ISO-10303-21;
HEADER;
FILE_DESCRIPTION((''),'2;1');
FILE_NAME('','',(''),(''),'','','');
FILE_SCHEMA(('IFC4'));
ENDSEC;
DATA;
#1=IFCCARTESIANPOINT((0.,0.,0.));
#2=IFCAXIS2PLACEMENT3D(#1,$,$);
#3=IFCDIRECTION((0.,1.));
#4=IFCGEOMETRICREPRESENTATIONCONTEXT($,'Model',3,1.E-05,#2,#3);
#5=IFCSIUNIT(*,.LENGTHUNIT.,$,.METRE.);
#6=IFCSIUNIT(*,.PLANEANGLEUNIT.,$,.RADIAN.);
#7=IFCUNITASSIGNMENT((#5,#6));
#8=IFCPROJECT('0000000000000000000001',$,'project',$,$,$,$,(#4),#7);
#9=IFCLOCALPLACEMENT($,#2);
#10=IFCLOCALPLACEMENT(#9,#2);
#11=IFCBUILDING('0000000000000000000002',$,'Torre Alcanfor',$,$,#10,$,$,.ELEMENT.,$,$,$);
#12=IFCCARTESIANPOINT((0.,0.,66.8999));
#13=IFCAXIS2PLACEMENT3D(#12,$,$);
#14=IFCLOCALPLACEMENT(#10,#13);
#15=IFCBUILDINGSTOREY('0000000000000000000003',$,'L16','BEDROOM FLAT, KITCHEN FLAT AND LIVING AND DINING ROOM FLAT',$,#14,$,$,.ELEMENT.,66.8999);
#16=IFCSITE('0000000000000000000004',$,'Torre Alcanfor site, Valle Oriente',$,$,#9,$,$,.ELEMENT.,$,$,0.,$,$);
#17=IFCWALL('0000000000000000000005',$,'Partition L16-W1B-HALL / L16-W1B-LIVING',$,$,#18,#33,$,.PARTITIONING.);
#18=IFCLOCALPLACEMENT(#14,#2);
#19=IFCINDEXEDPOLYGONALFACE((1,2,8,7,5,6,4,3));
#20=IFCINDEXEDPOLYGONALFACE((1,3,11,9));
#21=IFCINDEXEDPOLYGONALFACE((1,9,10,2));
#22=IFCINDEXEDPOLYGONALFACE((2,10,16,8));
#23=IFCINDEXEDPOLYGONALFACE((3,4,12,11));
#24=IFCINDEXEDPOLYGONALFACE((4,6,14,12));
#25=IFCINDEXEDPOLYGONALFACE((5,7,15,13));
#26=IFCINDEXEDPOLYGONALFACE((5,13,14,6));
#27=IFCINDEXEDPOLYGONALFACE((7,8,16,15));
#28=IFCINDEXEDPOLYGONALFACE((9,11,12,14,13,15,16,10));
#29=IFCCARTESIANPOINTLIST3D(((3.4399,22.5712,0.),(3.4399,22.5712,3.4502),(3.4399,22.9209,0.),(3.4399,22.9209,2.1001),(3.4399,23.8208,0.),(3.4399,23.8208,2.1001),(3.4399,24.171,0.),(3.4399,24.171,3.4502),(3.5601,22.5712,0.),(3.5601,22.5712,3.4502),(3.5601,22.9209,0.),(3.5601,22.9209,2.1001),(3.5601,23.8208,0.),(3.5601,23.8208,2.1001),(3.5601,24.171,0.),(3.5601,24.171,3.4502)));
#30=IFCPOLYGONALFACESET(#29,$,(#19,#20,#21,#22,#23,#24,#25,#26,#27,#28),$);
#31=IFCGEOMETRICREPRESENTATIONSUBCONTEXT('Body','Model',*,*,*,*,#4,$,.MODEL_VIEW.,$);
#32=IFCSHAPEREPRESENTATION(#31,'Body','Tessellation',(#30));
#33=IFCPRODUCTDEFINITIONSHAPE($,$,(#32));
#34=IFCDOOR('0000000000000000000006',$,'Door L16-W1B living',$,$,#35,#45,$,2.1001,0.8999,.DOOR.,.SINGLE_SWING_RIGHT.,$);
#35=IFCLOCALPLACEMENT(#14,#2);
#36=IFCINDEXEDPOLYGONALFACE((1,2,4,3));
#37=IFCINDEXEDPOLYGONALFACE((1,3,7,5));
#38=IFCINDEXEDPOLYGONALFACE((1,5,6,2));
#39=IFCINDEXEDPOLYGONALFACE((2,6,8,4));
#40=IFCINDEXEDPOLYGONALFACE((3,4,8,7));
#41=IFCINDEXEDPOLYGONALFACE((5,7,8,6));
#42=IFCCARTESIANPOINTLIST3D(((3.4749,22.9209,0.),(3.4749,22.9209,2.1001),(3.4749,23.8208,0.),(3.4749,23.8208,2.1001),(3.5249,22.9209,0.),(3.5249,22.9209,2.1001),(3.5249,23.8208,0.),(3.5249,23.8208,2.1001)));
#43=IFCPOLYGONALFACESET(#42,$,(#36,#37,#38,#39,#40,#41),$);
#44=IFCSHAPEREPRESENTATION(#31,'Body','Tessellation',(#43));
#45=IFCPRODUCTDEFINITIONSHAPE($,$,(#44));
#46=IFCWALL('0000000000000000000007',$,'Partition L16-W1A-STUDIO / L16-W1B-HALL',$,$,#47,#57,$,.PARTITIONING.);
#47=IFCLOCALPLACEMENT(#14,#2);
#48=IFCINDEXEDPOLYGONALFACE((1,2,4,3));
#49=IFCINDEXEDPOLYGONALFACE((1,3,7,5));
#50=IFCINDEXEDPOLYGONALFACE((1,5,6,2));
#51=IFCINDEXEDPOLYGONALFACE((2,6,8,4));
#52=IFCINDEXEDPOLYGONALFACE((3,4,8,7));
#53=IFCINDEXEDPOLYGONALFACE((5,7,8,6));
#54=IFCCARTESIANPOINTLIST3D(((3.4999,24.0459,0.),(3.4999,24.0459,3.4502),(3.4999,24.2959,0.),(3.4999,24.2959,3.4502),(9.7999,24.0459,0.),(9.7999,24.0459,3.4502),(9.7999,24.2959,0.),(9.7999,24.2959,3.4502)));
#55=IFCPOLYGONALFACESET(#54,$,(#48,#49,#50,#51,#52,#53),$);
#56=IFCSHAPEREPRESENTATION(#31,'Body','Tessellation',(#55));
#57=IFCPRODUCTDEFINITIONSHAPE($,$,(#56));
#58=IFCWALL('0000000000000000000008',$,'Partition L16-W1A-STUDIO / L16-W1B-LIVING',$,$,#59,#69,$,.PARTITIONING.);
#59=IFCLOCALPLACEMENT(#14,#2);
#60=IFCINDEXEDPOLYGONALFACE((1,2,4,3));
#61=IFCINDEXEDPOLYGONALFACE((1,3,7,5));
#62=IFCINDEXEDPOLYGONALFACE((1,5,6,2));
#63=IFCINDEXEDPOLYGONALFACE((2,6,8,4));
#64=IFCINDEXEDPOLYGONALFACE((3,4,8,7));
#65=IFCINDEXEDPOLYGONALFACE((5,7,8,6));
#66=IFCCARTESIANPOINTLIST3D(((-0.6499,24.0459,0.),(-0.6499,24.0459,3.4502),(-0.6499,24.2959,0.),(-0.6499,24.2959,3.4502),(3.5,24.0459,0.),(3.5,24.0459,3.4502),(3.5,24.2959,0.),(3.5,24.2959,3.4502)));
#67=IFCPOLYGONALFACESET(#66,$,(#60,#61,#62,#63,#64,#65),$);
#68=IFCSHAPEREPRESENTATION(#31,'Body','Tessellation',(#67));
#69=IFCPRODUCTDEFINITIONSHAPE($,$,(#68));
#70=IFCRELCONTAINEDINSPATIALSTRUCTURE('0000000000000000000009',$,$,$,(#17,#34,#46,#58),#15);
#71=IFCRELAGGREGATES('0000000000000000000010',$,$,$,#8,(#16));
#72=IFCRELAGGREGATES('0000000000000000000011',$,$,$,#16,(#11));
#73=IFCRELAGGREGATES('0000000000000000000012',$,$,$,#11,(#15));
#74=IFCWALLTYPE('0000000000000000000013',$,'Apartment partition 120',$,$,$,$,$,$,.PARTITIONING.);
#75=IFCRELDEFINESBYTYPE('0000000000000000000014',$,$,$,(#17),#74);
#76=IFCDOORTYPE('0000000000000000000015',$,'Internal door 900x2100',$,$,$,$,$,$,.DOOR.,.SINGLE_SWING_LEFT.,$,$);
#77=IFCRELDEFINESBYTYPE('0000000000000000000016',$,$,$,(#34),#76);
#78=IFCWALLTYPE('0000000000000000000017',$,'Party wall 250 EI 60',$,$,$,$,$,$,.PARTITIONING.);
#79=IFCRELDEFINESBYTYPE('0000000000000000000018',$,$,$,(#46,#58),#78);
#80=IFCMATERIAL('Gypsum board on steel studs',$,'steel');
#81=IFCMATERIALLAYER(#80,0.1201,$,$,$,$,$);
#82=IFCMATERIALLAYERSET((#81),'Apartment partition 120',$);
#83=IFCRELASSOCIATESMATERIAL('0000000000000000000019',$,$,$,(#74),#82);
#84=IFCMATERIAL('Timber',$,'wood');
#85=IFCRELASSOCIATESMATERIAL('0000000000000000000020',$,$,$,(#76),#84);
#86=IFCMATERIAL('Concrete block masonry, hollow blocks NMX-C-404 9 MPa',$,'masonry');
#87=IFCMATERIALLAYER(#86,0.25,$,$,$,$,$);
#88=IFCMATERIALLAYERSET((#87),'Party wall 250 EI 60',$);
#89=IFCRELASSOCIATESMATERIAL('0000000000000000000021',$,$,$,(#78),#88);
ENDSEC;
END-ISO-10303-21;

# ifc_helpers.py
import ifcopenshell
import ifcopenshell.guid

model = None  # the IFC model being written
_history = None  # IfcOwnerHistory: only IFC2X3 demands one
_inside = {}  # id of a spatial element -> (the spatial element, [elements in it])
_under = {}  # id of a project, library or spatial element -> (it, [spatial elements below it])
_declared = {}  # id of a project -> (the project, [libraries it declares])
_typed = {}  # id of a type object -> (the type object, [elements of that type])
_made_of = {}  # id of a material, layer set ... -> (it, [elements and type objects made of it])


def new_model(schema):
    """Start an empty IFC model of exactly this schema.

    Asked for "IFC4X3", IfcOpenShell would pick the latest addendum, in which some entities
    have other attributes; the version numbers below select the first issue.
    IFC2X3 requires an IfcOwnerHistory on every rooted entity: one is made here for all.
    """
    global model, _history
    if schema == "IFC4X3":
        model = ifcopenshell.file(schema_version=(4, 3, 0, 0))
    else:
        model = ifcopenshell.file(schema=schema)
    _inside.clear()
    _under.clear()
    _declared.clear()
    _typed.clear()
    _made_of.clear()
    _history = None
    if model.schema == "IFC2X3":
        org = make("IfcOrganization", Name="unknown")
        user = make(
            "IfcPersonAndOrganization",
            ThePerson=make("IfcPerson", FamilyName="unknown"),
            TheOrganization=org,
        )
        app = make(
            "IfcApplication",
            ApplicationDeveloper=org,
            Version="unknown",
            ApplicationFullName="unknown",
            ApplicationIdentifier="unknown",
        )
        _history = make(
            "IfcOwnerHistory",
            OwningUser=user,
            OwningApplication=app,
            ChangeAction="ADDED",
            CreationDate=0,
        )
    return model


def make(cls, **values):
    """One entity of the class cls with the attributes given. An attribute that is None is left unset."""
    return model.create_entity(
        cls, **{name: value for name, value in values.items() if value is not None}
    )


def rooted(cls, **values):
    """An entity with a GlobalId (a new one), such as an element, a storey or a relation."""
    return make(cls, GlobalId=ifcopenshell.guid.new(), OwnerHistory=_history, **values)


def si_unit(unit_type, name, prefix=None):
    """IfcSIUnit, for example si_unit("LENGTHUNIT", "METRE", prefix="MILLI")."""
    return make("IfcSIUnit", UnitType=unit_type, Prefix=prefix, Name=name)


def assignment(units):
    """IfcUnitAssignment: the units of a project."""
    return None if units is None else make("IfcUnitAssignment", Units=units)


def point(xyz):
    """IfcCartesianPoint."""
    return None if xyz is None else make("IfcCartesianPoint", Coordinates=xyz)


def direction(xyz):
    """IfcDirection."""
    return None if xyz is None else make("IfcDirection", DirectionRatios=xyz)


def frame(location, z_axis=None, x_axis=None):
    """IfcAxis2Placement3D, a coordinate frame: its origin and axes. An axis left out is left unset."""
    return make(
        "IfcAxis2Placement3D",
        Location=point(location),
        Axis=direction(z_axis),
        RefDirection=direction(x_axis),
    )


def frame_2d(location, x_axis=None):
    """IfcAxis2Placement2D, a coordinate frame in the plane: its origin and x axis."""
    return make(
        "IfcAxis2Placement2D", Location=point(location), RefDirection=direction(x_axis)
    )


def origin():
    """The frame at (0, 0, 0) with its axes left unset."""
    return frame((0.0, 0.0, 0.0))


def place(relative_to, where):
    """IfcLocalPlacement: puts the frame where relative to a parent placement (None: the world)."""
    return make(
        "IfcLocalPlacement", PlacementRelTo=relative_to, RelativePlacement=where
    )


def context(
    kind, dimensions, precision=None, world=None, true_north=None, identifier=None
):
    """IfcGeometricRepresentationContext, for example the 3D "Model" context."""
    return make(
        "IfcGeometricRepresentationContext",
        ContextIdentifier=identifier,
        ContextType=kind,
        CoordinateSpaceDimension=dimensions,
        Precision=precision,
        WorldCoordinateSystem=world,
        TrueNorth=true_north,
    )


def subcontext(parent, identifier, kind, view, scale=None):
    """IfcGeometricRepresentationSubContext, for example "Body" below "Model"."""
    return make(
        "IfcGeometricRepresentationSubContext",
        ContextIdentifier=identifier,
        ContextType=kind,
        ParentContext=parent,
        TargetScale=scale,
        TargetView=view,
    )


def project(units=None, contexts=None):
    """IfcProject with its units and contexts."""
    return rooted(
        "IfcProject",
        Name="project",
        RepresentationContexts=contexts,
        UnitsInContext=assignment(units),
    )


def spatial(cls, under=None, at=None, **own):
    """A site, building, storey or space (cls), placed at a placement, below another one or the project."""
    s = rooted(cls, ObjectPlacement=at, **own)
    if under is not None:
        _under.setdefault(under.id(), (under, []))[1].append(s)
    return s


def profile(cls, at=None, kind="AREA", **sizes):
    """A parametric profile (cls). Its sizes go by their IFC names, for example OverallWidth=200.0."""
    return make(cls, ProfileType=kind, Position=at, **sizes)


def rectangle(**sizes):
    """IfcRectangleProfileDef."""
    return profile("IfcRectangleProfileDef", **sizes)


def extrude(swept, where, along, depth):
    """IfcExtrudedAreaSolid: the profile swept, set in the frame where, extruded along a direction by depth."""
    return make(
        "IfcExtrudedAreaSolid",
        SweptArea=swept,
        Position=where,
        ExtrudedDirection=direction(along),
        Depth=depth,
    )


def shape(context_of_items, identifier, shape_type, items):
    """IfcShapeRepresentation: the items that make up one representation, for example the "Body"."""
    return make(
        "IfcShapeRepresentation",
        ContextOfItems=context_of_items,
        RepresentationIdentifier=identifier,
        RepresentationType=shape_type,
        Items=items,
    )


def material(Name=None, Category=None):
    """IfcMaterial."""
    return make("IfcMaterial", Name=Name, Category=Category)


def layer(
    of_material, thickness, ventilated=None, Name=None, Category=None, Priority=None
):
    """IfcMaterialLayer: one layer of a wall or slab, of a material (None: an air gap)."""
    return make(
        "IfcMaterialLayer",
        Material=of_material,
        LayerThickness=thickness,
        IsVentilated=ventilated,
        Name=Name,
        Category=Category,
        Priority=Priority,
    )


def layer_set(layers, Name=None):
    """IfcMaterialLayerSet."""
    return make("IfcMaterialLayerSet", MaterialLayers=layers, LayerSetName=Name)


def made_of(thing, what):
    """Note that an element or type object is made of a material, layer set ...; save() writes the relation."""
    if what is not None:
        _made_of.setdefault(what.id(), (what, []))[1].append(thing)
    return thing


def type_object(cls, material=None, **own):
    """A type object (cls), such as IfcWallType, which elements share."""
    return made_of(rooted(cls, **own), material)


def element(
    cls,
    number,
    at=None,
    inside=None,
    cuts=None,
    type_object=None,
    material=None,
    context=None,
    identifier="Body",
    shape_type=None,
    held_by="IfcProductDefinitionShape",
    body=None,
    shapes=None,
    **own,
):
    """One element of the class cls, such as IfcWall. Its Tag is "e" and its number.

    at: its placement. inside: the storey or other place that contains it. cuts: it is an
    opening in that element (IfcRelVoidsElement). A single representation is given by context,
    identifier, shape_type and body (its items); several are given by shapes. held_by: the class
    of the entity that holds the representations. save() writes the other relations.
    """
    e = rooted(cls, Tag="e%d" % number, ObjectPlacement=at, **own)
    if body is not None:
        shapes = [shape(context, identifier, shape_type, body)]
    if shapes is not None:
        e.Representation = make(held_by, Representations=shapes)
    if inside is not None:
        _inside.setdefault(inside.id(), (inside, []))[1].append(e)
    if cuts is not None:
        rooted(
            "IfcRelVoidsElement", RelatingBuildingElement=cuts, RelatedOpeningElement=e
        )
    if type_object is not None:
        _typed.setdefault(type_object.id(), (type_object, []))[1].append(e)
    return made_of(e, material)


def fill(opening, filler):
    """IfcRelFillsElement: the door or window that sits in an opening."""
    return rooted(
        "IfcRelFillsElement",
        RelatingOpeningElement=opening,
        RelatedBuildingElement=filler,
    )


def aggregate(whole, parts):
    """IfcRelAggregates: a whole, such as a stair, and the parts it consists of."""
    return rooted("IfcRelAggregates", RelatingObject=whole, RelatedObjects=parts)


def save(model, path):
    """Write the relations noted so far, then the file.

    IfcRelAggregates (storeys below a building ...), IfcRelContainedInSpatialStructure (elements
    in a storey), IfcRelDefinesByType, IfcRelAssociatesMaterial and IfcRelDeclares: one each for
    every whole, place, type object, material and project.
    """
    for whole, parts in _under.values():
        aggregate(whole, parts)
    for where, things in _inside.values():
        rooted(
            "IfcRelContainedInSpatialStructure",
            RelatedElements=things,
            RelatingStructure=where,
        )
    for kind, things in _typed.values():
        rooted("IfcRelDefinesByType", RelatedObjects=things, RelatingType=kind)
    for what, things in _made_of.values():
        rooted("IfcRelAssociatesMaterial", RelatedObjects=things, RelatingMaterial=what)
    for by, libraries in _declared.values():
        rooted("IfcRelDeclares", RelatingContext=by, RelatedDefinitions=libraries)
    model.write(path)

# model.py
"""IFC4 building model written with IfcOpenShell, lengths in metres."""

from ifc_helpers import new_model, si_unit, direction, frame, frame_2d, origin, place, context, subcontext, project, spatial, rectangle, extrude, material, layer, layer_set, type_object, element, fill, save


model = new_model("IFC4")

# Units and contexts
model_context = context("Model", 3, precision=1e-05, world=origin(), true_north=direction((0.0, 1.0)))
body_context = subcontext(model_context, "Body", "Model", "MODEL_VIEW")
ifc_project = project(units=[si_unit("LENGTHUNIT", "METRE"), si_unit("PLANEANGLEUNIT", "RADIAN")], contexts=[model_context])

# Site, building, storey
site_placement = place(None, origin())
site = spatial("IfcSite", under=ifc_project, at=site_placement, Name="Torre Alcanfor site, Valle Oriente", CompositionType="ELEMENT", RefElevation=0.0)
building_placement = place(site_placement, origin())
building = spatial("IfcBuilding", under=site, at=building_placement, Name="Torre Alcanfor", CompositionType="ELEMENT")
storey_placement = place(building_placement, frame((0.0, 0.0, 66.8999)))
storey = spatial("IfcBuildingStorey", under=building, at=storey_placement, Name="L16", Description="BEDROOM FLAT, KITCHEN FLAT AND LIVING AND DINING ROOM FLAT", CompositionType="ELEMENT", Elevation=66.8999)

# Shared definitions
ifc_material_1 = material(Name="Gypsum board on steel studs", Category="steel")
ifc_layer_1 = layer(ifc_material_1, 0.1201)
ifc_layer_set_1 = layer_set([ifc_layer_1], Name="Apartment partition 120")
wall_type_1 = type_object("IfcWallType", Name="Apartment partition 120", PredefinedType="PARTITIONING", material=ifc_layer_set_1)

# Wall, opening, door
wall_1_placement = place(storey_placement, frame((3.5, 24.1709, 0.0), z_axis=(0.0, 0.0, 1.0), x_axis=(0.0, -1.0, 0.0)))
wall_1 = element("IfcWall", 1, at=wall_1_placement, inside=storey, type_object=wall_type_1, Name="Partition L16-W1B-HALL / L16-W1B-LIVING", PredefinedType="PARTITIONING", context=body_context, shape_type="SweptSolid", body=[
    extrude(rectangle(XDim=1.5999, YDim=0.1201, at=frame_2d((0.7998, 0.0))), origin(), (0.0, 0.0, 1.0), 3.4502),
])
opening_placement = place(wall_1_placement, frame((0.3501, 0.0, 0.0)))
opening = element("IfcOpeningElement", 2, at=opening_placement, cuts=wall_1, PredefinedType="OPENING", context=body_context, shape_type="SweptSolid", body=[
    extrude(rectangle(XDim=0.8999, YDim=2.1001, at=frame_2d((0.45, 1.05))), frame((0.0, 0.0701, 0.0), z_axis=(0.0, -1.0, 0.0), x_axis=(1.0, 0.0, 0.0)), (0.0, 0.0, 1.0), 0.1401),
])
ifc_material_2 = material(Name="Timber", Category="wood")
door_type = type_object("IfcDoorType", Name="Internal door 900x2100", OperationType="SINGLE_SWING_LEFT", PredefinedType="DOOR", material=ifc_material_2)
door_placement = place(opening_placement, frame((0.8999, 0.0, 0.0), z_axis=(0.0, 0.0, 1.0), x_axis=(-1.0, 0.0, 0.0)))
door = element("IfcDoor", 3, at=door_placement, inside=storey, type_object=door_type, Name="Door L16-W1B living", OperationType="SINGLE_SWING_RIGHT", OverallHeight=2.1001, OverallWidth=0.8999, PredefinedType="DOOR", context=body_context, shape_type="SweptSolid", body=[
    extrude(rectangle(XDim=0.8999, YDim=2.1001, at=frame_2d((0.45, 1.05))), frame((0.0, 0.0251, 0.0), z_axis=(0.0, -1.0, 0.0), x_axis=(1.0, 0.0, 0.0)), (0.0, 0.0, 1.0), 0.05),
])
fill(opening, door)

# Walls
ifc_material_3 = material(Name="Concrete block masonry, hollow blocks NMX-C-404 9 MPa", Category="masonry")
ifc_layer_2 = layer(ifc_material_3, 0.25)
ifc_layer_set_2 = layer_set([ifc_layer_2], Name="Party wall 250 EI 60")
wall_type_2 = type_object("IfcWallType", Name="Party wall 250 EI 60", PredefinedType="PARTITIONING", material=ifc_layer_set_2)
wall_2_placement = place(storey_placement, frame((3.5, 24.1709, 0.0), z_axis=(0.0, 0.0, 1.0), x_axis=(1.0, 0.0, 0.0)))
element("IfcWall", 4, at=wall_2_placement, inside=storey, type_object=wall_type_2, Name="Partition L16-W1A-STUDIO / L16-W1B-HALL", PredefinedType="PARTITIONING", context=body_context, shape_type="SweptSolid", body=[
    extrude(rectangle(XDim=6.3, YDim=0.25, at=frame_2d((3.1499, 0.0))), origin(), (0.0, 0.0, 1.0), 3.4502),
])
wall_3_placement = place(storey_placement, frame((-0.6499, 24.1709, 0.0), z_axis=(0.0, 0.0, 1.0), x_axis=(1.0, 0.0, 0.0)))
element("IfcWall", 5, at=wall_3_placement, inside=storey, type_object=wall_type_2, Name="Partition L16-W1A-STUDIO / L16-W1B-LIVING", PredefinedType="PARTITIONING", context=body_context, shape_type="SweptSolid", body=[
    extrude(rectangle(XDim=4.1499, YDim=0.25, at=frame_2d((2.075, 0.0))), origin(), (0.0, 0.0, 1.0), 3.4502),
])

save(model, "model.ifc")
